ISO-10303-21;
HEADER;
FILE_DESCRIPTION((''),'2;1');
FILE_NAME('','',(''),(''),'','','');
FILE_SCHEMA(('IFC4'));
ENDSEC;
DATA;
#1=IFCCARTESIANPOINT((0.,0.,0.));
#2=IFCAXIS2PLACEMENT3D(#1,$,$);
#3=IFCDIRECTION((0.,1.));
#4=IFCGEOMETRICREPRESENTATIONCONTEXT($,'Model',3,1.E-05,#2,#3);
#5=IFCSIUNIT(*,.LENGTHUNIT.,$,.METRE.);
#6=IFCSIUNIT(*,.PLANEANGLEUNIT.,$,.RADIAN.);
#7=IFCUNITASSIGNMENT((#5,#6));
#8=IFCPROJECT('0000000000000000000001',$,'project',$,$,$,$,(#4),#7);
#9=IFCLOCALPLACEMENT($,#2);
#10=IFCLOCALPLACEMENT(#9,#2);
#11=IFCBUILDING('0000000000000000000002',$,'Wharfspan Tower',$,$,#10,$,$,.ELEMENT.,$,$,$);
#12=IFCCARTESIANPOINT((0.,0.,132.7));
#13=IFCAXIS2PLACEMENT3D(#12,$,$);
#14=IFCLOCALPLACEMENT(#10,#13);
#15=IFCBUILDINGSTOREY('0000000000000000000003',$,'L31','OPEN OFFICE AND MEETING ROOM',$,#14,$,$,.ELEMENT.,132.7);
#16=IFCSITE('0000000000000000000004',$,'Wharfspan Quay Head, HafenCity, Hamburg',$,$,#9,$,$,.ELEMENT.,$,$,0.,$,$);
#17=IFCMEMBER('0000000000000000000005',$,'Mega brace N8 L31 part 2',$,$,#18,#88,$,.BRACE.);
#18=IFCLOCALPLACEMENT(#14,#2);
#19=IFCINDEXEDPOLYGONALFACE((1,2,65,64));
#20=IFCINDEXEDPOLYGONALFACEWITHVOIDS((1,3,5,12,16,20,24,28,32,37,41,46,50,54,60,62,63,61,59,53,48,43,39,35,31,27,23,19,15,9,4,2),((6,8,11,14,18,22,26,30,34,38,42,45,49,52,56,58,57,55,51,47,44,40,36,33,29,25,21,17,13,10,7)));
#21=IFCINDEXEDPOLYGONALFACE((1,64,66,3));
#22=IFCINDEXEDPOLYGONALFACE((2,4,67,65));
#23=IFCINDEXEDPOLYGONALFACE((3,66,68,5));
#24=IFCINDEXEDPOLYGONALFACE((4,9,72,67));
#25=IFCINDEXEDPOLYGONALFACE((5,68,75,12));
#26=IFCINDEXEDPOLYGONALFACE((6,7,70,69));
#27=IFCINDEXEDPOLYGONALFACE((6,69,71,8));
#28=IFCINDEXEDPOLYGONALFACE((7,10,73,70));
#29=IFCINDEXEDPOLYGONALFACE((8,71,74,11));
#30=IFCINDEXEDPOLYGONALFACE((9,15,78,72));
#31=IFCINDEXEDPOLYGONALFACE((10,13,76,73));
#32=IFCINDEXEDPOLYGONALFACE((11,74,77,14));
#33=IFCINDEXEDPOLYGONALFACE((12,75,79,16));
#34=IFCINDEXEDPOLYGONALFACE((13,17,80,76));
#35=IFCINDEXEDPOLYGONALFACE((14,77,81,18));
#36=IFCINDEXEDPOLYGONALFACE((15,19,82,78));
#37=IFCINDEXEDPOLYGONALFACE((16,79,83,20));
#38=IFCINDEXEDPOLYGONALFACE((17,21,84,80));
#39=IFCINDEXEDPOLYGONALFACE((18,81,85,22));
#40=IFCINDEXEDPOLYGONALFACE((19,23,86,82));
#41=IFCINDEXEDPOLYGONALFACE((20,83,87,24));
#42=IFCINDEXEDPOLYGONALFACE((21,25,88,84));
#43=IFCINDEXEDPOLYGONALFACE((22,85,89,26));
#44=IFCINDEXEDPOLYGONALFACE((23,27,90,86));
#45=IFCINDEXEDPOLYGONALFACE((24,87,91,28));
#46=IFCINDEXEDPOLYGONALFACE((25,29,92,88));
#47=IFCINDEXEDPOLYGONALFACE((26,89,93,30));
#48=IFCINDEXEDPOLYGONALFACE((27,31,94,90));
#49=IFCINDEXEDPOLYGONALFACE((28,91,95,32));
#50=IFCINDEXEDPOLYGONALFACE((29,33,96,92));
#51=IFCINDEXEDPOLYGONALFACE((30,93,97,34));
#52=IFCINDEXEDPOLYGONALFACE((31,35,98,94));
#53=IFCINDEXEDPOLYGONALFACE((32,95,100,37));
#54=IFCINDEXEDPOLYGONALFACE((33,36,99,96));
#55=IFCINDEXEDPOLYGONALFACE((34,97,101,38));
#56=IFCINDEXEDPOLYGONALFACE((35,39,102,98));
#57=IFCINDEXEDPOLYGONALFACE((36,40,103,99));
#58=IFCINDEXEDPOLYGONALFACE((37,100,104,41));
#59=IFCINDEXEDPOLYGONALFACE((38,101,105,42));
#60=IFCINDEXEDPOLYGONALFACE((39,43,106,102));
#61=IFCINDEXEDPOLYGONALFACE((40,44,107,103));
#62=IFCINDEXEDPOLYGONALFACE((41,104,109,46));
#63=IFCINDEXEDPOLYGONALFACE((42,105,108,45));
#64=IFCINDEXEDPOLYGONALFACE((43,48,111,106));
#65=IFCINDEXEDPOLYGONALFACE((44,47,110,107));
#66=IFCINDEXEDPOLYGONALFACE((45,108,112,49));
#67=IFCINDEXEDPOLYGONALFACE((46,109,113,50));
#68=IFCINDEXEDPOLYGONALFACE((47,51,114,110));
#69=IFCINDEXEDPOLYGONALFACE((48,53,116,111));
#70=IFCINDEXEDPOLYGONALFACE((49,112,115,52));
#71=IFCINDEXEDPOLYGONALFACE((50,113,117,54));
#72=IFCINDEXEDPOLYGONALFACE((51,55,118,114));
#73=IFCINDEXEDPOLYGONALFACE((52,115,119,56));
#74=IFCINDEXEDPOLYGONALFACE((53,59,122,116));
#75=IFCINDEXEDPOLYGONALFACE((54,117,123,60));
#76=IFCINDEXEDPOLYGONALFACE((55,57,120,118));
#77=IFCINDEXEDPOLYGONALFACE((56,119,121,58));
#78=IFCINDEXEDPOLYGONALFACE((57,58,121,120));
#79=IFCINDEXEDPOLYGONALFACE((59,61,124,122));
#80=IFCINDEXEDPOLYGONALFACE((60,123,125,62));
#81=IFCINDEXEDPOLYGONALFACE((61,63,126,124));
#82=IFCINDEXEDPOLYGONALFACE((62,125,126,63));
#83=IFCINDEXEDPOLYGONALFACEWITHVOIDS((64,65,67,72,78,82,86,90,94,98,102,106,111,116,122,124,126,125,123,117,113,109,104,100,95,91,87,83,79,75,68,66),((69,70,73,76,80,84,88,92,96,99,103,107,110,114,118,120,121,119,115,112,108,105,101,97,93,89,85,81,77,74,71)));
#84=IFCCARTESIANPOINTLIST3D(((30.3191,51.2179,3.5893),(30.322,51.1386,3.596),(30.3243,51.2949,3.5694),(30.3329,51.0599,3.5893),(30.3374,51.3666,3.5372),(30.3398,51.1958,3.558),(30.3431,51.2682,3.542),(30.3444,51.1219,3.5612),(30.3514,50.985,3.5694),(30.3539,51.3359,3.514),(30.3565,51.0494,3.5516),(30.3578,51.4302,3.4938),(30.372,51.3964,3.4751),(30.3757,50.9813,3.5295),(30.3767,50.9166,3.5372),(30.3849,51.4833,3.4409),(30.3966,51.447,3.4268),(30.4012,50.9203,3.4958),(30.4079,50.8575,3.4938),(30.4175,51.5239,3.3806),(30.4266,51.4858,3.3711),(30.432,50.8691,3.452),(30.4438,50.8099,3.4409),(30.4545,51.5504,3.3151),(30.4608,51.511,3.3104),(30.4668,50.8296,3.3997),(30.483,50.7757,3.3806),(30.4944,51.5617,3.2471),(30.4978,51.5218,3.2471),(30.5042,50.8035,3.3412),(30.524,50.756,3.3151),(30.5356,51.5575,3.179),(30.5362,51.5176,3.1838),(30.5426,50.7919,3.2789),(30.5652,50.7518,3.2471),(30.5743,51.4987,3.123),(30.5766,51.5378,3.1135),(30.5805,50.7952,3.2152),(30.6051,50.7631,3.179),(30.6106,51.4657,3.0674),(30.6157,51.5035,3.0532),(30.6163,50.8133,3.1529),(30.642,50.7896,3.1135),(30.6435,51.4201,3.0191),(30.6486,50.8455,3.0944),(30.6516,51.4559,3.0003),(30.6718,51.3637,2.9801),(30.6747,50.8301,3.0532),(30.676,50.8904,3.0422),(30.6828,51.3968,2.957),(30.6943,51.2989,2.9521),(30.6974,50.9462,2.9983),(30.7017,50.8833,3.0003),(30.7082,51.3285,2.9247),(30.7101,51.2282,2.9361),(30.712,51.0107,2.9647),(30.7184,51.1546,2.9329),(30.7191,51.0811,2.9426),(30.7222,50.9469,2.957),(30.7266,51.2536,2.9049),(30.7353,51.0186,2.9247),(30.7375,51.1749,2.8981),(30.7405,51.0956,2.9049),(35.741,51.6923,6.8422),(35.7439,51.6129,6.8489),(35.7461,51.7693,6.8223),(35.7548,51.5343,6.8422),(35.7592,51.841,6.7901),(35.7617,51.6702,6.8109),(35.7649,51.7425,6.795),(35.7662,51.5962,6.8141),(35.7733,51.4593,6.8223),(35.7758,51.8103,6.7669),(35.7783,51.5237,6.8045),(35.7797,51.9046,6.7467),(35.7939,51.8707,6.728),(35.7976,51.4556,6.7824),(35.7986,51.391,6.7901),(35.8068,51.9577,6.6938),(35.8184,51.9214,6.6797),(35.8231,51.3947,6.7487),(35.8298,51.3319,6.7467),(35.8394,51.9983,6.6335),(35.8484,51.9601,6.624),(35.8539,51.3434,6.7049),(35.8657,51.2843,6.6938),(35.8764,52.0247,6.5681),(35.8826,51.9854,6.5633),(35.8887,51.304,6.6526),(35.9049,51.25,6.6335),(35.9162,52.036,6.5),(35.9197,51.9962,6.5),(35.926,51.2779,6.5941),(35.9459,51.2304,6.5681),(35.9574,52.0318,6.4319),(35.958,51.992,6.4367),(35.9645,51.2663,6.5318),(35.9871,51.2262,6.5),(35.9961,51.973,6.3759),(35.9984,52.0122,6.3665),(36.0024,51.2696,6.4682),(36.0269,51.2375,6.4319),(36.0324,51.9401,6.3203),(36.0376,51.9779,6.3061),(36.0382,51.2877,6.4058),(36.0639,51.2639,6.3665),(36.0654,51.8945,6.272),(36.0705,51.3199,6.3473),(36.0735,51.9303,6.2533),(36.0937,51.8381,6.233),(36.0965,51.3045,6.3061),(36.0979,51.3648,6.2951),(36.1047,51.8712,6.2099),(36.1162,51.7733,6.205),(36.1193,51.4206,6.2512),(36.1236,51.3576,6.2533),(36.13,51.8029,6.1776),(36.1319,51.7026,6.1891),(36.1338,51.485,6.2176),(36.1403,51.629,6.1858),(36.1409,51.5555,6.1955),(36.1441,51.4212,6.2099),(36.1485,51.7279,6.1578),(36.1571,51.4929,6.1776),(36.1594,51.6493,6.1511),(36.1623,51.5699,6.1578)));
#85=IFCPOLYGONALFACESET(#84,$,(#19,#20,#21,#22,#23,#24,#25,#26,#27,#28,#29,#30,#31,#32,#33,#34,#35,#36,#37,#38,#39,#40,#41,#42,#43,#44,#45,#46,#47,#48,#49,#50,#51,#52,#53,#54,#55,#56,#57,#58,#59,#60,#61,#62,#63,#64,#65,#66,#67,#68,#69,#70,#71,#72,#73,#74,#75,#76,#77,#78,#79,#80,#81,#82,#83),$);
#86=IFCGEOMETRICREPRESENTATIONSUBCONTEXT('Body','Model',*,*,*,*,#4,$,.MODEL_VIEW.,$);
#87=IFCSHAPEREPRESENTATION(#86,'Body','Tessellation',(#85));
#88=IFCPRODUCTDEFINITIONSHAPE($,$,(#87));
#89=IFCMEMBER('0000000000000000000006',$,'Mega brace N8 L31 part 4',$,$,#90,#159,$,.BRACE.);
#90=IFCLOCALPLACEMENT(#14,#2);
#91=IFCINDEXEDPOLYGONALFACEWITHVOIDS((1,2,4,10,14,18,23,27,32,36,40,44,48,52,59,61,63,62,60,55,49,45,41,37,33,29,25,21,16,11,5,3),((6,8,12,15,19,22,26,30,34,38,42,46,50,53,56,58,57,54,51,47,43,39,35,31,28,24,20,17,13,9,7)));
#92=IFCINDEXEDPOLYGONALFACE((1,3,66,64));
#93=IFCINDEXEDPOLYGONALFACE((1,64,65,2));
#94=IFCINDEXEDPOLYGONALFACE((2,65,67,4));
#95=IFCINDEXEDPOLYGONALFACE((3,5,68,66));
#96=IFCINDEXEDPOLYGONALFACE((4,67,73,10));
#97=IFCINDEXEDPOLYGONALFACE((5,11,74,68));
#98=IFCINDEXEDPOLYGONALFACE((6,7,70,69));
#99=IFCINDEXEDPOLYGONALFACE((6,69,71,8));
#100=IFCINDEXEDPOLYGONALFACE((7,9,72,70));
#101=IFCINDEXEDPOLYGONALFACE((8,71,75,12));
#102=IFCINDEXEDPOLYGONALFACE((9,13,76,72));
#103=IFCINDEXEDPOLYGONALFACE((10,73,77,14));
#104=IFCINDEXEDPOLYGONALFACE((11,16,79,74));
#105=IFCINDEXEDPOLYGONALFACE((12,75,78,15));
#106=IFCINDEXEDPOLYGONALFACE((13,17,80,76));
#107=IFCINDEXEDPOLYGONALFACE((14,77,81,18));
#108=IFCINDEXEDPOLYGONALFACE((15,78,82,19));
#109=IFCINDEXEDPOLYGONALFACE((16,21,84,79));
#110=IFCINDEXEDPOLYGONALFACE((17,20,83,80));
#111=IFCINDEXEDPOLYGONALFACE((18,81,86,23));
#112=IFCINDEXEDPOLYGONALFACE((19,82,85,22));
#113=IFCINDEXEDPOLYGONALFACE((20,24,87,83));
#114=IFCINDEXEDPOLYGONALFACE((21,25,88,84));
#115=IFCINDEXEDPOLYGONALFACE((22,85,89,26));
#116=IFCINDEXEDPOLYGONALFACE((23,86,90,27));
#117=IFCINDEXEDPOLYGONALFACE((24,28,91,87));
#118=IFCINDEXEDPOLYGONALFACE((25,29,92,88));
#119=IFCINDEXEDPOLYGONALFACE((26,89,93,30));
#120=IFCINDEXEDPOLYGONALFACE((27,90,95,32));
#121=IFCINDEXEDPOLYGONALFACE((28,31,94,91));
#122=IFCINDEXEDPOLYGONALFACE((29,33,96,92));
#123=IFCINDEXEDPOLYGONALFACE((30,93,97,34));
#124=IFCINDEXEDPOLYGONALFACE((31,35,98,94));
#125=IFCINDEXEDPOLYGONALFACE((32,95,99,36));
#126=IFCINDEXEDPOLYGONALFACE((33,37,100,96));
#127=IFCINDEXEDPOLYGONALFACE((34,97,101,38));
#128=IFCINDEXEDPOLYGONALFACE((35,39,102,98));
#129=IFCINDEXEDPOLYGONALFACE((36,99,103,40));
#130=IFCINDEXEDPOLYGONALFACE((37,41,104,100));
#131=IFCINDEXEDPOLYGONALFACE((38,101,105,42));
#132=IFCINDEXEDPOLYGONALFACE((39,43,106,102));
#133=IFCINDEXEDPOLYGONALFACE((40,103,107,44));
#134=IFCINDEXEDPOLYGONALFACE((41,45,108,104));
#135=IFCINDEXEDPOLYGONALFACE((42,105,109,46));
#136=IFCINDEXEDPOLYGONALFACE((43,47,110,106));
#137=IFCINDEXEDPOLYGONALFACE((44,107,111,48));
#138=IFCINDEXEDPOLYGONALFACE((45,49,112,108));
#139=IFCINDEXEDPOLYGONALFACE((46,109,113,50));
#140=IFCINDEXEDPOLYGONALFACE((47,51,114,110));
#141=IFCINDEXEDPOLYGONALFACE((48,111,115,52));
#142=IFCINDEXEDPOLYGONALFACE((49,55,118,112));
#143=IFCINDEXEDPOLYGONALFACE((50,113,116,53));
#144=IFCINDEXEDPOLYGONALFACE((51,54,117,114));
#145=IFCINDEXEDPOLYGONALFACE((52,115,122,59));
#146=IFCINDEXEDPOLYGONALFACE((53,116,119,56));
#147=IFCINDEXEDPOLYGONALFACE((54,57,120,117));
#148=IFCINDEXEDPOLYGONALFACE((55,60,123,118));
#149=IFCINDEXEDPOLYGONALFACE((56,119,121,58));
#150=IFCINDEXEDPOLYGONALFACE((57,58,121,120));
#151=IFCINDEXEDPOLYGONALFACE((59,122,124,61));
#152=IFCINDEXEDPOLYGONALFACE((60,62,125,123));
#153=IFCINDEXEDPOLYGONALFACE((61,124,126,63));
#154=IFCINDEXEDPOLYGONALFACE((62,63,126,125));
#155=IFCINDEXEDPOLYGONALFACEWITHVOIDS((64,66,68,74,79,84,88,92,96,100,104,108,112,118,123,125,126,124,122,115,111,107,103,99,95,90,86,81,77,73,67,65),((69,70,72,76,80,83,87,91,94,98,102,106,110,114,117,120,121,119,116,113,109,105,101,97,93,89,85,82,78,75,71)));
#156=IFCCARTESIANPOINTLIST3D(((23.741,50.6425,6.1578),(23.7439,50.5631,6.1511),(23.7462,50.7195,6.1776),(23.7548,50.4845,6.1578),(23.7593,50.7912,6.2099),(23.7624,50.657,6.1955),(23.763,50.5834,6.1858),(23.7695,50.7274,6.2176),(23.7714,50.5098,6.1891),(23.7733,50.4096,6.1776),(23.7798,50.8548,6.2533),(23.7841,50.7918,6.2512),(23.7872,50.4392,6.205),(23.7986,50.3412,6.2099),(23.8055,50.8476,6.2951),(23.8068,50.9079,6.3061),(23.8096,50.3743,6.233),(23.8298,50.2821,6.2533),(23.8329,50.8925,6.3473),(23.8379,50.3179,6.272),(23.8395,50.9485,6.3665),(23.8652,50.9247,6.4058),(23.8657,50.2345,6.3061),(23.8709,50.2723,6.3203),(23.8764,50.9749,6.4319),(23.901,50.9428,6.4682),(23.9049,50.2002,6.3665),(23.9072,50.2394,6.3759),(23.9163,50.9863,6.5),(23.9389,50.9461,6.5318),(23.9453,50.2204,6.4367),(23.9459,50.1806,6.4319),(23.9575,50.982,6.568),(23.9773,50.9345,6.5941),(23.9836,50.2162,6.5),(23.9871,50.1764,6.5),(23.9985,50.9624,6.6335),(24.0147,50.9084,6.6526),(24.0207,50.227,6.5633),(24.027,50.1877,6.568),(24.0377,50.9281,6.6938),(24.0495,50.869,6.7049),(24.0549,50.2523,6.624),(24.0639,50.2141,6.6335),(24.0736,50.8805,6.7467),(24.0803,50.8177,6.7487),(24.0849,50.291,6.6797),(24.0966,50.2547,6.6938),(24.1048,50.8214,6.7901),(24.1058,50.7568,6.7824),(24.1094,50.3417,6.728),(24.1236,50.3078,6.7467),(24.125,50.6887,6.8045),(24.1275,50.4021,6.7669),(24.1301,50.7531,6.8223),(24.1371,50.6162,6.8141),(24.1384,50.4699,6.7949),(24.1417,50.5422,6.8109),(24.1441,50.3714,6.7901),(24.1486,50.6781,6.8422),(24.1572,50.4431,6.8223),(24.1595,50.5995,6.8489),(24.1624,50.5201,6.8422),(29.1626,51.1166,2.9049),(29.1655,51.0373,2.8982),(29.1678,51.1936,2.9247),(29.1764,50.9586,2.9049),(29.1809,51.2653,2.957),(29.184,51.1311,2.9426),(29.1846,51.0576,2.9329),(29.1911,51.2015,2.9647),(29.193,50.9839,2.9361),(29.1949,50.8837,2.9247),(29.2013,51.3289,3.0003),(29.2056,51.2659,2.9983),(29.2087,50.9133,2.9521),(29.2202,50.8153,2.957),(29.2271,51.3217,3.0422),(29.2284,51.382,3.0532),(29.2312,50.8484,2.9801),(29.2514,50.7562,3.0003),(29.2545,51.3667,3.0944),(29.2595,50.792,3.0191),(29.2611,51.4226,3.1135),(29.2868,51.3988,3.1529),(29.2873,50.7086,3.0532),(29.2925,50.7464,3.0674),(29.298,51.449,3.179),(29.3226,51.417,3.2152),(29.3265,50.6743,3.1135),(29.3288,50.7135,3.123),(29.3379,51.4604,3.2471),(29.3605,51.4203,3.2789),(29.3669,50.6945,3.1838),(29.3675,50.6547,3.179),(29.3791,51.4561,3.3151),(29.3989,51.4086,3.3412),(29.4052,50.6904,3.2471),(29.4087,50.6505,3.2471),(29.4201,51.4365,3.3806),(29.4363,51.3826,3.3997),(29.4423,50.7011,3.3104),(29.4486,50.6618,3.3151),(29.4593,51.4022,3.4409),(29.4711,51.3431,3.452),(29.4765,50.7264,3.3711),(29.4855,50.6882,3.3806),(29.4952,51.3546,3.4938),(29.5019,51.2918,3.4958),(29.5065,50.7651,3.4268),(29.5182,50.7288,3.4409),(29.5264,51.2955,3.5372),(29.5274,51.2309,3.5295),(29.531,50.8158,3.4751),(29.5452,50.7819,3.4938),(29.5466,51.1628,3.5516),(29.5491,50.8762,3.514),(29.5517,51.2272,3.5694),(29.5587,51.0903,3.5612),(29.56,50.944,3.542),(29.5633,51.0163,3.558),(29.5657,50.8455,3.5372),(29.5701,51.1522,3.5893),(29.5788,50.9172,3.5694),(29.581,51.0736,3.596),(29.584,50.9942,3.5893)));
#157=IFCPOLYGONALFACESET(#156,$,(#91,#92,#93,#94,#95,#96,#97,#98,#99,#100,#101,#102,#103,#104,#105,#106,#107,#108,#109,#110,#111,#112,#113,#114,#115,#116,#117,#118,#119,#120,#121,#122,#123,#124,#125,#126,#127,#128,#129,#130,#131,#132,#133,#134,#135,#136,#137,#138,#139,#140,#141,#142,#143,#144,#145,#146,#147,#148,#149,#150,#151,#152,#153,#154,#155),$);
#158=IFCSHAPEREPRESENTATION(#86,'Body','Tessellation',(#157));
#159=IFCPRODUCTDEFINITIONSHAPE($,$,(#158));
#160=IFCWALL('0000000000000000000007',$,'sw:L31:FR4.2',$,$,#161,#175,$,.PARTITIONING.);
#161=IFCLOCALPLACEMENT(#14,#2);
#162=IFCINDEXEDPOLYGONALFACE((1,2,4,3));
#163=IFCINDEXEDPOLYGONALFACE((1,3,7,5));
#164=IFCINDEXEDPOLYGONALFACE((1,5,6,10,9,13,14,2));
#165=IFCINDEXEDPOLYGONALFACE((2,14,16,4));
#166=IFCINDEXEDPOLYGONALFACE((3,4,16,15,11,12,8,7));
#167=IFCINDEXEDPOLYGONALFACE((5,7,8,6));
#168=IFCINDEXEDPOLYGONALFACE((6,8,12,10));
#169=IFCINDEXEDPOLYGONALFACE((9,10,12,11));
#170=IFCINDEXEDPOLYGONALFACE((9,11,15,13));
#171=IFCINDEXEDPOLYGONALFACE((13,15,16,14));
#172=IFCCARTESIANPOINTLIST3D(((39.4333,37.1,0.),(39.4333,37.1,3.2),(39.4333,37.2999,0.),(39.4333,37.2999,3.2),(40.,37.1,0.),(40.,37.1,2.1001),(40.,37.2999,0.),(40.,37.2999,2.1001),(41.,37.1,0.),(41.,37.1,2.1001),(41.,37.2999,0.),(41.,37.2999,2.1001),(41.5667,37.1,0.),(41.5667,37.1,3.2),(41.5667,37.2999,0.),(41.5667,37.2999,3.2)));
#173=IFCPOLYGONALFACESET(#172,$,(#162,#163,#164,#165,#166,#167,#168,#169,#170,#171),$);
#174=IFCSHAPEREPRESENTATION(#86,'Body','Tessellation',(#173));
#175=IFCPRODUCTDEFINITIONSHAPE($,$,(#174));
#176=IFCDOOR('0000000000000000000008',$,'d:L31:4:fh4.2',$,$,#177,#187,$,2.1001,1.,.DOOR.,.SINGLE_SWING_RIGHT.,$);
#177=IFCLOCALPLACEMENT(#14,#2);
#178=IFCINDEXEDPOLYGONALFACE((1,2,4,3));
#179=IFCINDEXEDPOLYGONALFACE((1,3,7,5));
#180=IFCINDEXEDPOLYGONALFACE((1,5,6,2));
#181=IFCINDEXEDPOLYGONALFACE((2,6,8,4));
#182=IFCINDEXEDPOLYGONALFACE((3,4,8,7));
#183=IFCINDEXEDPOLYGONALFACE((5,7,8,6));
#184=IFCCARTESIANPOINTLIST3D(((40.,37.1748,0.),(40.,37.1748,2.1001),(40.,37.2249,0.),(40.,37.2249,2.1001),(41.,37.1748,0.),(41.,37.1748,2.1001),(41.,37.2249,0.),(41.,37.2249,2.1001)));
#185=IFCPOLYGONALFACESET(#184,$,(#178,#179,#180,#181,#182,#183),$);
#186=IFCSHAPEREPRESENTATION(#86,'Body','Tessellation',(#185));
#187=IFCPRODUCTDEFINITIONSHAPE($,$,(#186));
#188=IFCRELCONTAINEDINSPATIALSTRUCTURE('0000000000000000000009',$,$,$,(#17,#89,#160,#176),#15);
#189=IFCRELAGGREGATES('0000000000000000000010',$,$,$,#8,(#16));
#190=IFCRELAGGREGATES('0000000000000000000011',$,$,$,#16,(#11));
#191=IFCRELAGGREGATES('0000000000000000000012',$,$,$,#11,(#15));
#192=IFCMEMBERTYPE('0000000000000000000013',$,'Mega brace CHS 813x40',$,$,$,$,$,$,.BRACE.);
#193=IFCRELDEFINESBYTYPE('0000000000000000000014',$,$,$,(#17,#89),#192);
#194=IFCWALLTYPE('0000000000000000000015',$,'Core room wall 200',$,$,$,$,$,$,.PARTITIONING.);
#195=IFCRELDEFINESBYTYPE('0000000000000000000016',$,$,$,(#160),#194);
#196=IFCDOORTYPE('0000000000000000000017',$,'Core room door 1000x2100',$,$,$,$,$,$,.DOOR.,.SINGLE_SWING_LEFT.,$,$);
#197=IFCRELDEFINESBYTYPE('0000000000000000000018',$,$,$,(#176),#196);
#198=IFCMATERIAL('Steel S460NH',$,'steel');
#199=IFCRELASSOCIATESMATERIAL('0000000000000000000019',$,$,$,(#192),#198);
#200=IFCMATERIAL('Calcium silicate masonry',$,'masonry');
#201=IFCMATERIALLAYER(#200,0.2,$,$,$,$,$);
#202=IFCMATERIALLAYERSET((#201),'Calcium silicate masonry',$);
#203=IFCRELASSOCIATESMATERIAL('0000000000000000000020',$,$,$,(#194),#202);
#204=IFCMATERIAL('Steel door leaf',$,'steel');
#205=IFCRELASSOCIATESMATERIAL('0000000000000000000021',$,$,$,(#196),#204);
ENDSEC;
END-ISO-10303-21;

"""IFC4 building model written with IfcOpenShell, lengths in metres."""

from ifc_helpers import new_model, si_unit, direction, frame, frame_2d, origin, origin_2d, place, context, subcontext, project, spatial, rectangle, hollow_circle, extrude, material, layer, layer_set, material_profile, profile_set, type_object, element, fill, save


model = new_model("IFC4")

# Units and contexts
model_context = context("Model", 3, precision=1e-05, world=origin(), true_north=direction((0.0, 1.0)))
body_context = subcontext(model_context, "Body", "Model", "MODEL_VIEW")
ifc_project = project(units=[si_unit("LENGTHUNIT", "METRE"), si_unit("PLANEANGLEUNIT", "RADIAN")], contexts=[model_context])

# Site, building, storey
site_placement = place(None, origin())
site = spatial("IfcSite", under=ifc_project, at=site_placement, Name="Wharfspan Quay Head, HafenCity, Hamburg", CompositionType="ELEMENT", RefElevation=0.0)
building_placement = place(site_placement, origin())
building = spatial("IfcBuilding", under=site, at=building_placement, Name="Wharfspan Tower", CompositionType="ELEMENT")
storey_placement = place(building_placement, frame((0.0, 0.0, 132.7)))
storey = spatial("IfcBuildingStorey", under=building, at=storey_placement, Name="L31", Description="OPEN OFFICE AND MEETING ROOM", CompositionType="ELEMENT", Elevation=132.7)

# Members
ifc_material_1 = material(Name="Steel S460NH", Category="steel")
ifc_material_profile_1 = material_profile(ifc_material_1, hollow_circle(Radius=0.4065, WallThickness=0.04, at=origin_2d()))
ifc_profile_set_1 = profile_set([ifc_material_profile_1], Name="Steel S460NH")
member_type = type_object("IfcMemberType", Name="Mega brace CHS 813x40", PredefinedType="BRACE", material=ifc_profile_set_1)
member_1_placement = place(storey_placement, frame((30.5298, 51.1567, 3.2471), z_axis=(0.855103, 0.074814, 0.513031), x_axis=(-0.087159, 0.996196, 0.000001)))
element("IfcMember", 1, at=member_1_placement, inside=storey, type_object=member_type, Name="Mega brace N8 L31 part 2", PredefinedType="BRACE", context=body_context, shape_type="SweptSolid", body=[
    extrude(hollow_circle(Radius=0.4065, WallThickness=0.04, at=origin_2d()), origin(), (0.0, 0.0, 1.0), 6.3406),
])
member_2_placement = place(storey_placement, frame((29.3733, 51.0554, 3.2471), z_axis=(-0.855096, -0.074778, 0.51305), x_axis=(0.087117, -0.996194, 0.0)))
element("IfcMember", 2, at=member_2_placement, inside=storey, type_object=member_type, Name="Mega brace N8 L31 part 4", PredefinedType="BRACE", context=body_context, shape_type="SweptSolid", body=[
    extrude(hollow_circle(Radius=0.4065, WallThickness=0.04, at=origin_2d()), origin(), (0.0, 0.0, 1.0), 6.3403),
])

# Wall, opening, door
ifc_material_2 = material(Name="Calcium silicate masonry", Category="masonry")
ifc_layer_1 = layer(ifc_material_2, 0.2)
ifc_layer_set_1 = layer_set([ifc_layer_1], Name="Calcium silicate masonry")
wall_type_1 = type_object("IfcWallType", Name="Core room wall 200", PredefinedType="PARTITIONING", material=ifc_layer_set_1)
wall_1_placement = place(storey_placement, frame((39.4333, 37.2, 0.0), z_axis=(0.0, 0.0, 1.0), x_axis=(1.0, 0.0, 0.0)))
wall_1 = element("IfcWall", 3, at=wall_1_placement, inside=storey, type_object=wall_type_1, Name="sw:L31:FR4.2", PredefinedType="PARTITIONING", context=body_context, shape_type="SweptSolid", body=[
    extrude(rectangle(XDim=2.1333, YDim=0.2, at=frame_2d((1.0667, 0.0))), origin(), (0.0, 0.0, 1.0), 3.2),
])
opening_1_placement = place(wall_1_placement, frame((0.5666, 0.0, 0.0)))
opening_1 = element("IfcOpeningElement", 4, at=opening_1_placement, cuts=wall_1, PredefinedType="OPENING", context=body_context, shape_type="SweptSolid", body=[
    extrude(rectangle(XDim=1.0, YDim=2.1001, at=frame_2d((0.5, 1.05))), frame((0.0, 0.1099, 0.0), z_axis=(0.0, -1.0, 0.0), x_axis=(1.0, 0.0, 0.0)), (0.0, 0.0, 1.0), 0.22),
])
ifc_material_3 = material(Name="Steel door leaf", Category="steel")
door_type = type_object("IfcDoorType", Name="Core room door 1000x2100", OperationType="SINGLE_SWING_LEFT", PredefinedType="DOOR", material=ifc_material_3)
door_1_placement = place(opening_1_placement, origin())
door_1 = element("IfcDoor", 5, at=door_1_placement, inside=storey, type_object=door_type, Name="d:L31:4:fh4.2", OperationType="SINGLE_SWING_RIGHT", OverallHeight=2.1001, OverallWidth=1.0, PredefinedType="DOOR", context=body_context, shape_type="SweptSolid", body=[
    extrude(rectangle(XDim=1.0, YDim=2.1001, at=frame_2d((0.5, 1.05))), frame((0.0, 0.0249, 0.0), z_axis=(0.0, -1.0, 0.0), x_axis=(1.0, 0.0, 0.0)), (0.0, 0.0, 1.0), 0.05),
])
fill(opening_1, door_1)

save(model, "model.ifc")
